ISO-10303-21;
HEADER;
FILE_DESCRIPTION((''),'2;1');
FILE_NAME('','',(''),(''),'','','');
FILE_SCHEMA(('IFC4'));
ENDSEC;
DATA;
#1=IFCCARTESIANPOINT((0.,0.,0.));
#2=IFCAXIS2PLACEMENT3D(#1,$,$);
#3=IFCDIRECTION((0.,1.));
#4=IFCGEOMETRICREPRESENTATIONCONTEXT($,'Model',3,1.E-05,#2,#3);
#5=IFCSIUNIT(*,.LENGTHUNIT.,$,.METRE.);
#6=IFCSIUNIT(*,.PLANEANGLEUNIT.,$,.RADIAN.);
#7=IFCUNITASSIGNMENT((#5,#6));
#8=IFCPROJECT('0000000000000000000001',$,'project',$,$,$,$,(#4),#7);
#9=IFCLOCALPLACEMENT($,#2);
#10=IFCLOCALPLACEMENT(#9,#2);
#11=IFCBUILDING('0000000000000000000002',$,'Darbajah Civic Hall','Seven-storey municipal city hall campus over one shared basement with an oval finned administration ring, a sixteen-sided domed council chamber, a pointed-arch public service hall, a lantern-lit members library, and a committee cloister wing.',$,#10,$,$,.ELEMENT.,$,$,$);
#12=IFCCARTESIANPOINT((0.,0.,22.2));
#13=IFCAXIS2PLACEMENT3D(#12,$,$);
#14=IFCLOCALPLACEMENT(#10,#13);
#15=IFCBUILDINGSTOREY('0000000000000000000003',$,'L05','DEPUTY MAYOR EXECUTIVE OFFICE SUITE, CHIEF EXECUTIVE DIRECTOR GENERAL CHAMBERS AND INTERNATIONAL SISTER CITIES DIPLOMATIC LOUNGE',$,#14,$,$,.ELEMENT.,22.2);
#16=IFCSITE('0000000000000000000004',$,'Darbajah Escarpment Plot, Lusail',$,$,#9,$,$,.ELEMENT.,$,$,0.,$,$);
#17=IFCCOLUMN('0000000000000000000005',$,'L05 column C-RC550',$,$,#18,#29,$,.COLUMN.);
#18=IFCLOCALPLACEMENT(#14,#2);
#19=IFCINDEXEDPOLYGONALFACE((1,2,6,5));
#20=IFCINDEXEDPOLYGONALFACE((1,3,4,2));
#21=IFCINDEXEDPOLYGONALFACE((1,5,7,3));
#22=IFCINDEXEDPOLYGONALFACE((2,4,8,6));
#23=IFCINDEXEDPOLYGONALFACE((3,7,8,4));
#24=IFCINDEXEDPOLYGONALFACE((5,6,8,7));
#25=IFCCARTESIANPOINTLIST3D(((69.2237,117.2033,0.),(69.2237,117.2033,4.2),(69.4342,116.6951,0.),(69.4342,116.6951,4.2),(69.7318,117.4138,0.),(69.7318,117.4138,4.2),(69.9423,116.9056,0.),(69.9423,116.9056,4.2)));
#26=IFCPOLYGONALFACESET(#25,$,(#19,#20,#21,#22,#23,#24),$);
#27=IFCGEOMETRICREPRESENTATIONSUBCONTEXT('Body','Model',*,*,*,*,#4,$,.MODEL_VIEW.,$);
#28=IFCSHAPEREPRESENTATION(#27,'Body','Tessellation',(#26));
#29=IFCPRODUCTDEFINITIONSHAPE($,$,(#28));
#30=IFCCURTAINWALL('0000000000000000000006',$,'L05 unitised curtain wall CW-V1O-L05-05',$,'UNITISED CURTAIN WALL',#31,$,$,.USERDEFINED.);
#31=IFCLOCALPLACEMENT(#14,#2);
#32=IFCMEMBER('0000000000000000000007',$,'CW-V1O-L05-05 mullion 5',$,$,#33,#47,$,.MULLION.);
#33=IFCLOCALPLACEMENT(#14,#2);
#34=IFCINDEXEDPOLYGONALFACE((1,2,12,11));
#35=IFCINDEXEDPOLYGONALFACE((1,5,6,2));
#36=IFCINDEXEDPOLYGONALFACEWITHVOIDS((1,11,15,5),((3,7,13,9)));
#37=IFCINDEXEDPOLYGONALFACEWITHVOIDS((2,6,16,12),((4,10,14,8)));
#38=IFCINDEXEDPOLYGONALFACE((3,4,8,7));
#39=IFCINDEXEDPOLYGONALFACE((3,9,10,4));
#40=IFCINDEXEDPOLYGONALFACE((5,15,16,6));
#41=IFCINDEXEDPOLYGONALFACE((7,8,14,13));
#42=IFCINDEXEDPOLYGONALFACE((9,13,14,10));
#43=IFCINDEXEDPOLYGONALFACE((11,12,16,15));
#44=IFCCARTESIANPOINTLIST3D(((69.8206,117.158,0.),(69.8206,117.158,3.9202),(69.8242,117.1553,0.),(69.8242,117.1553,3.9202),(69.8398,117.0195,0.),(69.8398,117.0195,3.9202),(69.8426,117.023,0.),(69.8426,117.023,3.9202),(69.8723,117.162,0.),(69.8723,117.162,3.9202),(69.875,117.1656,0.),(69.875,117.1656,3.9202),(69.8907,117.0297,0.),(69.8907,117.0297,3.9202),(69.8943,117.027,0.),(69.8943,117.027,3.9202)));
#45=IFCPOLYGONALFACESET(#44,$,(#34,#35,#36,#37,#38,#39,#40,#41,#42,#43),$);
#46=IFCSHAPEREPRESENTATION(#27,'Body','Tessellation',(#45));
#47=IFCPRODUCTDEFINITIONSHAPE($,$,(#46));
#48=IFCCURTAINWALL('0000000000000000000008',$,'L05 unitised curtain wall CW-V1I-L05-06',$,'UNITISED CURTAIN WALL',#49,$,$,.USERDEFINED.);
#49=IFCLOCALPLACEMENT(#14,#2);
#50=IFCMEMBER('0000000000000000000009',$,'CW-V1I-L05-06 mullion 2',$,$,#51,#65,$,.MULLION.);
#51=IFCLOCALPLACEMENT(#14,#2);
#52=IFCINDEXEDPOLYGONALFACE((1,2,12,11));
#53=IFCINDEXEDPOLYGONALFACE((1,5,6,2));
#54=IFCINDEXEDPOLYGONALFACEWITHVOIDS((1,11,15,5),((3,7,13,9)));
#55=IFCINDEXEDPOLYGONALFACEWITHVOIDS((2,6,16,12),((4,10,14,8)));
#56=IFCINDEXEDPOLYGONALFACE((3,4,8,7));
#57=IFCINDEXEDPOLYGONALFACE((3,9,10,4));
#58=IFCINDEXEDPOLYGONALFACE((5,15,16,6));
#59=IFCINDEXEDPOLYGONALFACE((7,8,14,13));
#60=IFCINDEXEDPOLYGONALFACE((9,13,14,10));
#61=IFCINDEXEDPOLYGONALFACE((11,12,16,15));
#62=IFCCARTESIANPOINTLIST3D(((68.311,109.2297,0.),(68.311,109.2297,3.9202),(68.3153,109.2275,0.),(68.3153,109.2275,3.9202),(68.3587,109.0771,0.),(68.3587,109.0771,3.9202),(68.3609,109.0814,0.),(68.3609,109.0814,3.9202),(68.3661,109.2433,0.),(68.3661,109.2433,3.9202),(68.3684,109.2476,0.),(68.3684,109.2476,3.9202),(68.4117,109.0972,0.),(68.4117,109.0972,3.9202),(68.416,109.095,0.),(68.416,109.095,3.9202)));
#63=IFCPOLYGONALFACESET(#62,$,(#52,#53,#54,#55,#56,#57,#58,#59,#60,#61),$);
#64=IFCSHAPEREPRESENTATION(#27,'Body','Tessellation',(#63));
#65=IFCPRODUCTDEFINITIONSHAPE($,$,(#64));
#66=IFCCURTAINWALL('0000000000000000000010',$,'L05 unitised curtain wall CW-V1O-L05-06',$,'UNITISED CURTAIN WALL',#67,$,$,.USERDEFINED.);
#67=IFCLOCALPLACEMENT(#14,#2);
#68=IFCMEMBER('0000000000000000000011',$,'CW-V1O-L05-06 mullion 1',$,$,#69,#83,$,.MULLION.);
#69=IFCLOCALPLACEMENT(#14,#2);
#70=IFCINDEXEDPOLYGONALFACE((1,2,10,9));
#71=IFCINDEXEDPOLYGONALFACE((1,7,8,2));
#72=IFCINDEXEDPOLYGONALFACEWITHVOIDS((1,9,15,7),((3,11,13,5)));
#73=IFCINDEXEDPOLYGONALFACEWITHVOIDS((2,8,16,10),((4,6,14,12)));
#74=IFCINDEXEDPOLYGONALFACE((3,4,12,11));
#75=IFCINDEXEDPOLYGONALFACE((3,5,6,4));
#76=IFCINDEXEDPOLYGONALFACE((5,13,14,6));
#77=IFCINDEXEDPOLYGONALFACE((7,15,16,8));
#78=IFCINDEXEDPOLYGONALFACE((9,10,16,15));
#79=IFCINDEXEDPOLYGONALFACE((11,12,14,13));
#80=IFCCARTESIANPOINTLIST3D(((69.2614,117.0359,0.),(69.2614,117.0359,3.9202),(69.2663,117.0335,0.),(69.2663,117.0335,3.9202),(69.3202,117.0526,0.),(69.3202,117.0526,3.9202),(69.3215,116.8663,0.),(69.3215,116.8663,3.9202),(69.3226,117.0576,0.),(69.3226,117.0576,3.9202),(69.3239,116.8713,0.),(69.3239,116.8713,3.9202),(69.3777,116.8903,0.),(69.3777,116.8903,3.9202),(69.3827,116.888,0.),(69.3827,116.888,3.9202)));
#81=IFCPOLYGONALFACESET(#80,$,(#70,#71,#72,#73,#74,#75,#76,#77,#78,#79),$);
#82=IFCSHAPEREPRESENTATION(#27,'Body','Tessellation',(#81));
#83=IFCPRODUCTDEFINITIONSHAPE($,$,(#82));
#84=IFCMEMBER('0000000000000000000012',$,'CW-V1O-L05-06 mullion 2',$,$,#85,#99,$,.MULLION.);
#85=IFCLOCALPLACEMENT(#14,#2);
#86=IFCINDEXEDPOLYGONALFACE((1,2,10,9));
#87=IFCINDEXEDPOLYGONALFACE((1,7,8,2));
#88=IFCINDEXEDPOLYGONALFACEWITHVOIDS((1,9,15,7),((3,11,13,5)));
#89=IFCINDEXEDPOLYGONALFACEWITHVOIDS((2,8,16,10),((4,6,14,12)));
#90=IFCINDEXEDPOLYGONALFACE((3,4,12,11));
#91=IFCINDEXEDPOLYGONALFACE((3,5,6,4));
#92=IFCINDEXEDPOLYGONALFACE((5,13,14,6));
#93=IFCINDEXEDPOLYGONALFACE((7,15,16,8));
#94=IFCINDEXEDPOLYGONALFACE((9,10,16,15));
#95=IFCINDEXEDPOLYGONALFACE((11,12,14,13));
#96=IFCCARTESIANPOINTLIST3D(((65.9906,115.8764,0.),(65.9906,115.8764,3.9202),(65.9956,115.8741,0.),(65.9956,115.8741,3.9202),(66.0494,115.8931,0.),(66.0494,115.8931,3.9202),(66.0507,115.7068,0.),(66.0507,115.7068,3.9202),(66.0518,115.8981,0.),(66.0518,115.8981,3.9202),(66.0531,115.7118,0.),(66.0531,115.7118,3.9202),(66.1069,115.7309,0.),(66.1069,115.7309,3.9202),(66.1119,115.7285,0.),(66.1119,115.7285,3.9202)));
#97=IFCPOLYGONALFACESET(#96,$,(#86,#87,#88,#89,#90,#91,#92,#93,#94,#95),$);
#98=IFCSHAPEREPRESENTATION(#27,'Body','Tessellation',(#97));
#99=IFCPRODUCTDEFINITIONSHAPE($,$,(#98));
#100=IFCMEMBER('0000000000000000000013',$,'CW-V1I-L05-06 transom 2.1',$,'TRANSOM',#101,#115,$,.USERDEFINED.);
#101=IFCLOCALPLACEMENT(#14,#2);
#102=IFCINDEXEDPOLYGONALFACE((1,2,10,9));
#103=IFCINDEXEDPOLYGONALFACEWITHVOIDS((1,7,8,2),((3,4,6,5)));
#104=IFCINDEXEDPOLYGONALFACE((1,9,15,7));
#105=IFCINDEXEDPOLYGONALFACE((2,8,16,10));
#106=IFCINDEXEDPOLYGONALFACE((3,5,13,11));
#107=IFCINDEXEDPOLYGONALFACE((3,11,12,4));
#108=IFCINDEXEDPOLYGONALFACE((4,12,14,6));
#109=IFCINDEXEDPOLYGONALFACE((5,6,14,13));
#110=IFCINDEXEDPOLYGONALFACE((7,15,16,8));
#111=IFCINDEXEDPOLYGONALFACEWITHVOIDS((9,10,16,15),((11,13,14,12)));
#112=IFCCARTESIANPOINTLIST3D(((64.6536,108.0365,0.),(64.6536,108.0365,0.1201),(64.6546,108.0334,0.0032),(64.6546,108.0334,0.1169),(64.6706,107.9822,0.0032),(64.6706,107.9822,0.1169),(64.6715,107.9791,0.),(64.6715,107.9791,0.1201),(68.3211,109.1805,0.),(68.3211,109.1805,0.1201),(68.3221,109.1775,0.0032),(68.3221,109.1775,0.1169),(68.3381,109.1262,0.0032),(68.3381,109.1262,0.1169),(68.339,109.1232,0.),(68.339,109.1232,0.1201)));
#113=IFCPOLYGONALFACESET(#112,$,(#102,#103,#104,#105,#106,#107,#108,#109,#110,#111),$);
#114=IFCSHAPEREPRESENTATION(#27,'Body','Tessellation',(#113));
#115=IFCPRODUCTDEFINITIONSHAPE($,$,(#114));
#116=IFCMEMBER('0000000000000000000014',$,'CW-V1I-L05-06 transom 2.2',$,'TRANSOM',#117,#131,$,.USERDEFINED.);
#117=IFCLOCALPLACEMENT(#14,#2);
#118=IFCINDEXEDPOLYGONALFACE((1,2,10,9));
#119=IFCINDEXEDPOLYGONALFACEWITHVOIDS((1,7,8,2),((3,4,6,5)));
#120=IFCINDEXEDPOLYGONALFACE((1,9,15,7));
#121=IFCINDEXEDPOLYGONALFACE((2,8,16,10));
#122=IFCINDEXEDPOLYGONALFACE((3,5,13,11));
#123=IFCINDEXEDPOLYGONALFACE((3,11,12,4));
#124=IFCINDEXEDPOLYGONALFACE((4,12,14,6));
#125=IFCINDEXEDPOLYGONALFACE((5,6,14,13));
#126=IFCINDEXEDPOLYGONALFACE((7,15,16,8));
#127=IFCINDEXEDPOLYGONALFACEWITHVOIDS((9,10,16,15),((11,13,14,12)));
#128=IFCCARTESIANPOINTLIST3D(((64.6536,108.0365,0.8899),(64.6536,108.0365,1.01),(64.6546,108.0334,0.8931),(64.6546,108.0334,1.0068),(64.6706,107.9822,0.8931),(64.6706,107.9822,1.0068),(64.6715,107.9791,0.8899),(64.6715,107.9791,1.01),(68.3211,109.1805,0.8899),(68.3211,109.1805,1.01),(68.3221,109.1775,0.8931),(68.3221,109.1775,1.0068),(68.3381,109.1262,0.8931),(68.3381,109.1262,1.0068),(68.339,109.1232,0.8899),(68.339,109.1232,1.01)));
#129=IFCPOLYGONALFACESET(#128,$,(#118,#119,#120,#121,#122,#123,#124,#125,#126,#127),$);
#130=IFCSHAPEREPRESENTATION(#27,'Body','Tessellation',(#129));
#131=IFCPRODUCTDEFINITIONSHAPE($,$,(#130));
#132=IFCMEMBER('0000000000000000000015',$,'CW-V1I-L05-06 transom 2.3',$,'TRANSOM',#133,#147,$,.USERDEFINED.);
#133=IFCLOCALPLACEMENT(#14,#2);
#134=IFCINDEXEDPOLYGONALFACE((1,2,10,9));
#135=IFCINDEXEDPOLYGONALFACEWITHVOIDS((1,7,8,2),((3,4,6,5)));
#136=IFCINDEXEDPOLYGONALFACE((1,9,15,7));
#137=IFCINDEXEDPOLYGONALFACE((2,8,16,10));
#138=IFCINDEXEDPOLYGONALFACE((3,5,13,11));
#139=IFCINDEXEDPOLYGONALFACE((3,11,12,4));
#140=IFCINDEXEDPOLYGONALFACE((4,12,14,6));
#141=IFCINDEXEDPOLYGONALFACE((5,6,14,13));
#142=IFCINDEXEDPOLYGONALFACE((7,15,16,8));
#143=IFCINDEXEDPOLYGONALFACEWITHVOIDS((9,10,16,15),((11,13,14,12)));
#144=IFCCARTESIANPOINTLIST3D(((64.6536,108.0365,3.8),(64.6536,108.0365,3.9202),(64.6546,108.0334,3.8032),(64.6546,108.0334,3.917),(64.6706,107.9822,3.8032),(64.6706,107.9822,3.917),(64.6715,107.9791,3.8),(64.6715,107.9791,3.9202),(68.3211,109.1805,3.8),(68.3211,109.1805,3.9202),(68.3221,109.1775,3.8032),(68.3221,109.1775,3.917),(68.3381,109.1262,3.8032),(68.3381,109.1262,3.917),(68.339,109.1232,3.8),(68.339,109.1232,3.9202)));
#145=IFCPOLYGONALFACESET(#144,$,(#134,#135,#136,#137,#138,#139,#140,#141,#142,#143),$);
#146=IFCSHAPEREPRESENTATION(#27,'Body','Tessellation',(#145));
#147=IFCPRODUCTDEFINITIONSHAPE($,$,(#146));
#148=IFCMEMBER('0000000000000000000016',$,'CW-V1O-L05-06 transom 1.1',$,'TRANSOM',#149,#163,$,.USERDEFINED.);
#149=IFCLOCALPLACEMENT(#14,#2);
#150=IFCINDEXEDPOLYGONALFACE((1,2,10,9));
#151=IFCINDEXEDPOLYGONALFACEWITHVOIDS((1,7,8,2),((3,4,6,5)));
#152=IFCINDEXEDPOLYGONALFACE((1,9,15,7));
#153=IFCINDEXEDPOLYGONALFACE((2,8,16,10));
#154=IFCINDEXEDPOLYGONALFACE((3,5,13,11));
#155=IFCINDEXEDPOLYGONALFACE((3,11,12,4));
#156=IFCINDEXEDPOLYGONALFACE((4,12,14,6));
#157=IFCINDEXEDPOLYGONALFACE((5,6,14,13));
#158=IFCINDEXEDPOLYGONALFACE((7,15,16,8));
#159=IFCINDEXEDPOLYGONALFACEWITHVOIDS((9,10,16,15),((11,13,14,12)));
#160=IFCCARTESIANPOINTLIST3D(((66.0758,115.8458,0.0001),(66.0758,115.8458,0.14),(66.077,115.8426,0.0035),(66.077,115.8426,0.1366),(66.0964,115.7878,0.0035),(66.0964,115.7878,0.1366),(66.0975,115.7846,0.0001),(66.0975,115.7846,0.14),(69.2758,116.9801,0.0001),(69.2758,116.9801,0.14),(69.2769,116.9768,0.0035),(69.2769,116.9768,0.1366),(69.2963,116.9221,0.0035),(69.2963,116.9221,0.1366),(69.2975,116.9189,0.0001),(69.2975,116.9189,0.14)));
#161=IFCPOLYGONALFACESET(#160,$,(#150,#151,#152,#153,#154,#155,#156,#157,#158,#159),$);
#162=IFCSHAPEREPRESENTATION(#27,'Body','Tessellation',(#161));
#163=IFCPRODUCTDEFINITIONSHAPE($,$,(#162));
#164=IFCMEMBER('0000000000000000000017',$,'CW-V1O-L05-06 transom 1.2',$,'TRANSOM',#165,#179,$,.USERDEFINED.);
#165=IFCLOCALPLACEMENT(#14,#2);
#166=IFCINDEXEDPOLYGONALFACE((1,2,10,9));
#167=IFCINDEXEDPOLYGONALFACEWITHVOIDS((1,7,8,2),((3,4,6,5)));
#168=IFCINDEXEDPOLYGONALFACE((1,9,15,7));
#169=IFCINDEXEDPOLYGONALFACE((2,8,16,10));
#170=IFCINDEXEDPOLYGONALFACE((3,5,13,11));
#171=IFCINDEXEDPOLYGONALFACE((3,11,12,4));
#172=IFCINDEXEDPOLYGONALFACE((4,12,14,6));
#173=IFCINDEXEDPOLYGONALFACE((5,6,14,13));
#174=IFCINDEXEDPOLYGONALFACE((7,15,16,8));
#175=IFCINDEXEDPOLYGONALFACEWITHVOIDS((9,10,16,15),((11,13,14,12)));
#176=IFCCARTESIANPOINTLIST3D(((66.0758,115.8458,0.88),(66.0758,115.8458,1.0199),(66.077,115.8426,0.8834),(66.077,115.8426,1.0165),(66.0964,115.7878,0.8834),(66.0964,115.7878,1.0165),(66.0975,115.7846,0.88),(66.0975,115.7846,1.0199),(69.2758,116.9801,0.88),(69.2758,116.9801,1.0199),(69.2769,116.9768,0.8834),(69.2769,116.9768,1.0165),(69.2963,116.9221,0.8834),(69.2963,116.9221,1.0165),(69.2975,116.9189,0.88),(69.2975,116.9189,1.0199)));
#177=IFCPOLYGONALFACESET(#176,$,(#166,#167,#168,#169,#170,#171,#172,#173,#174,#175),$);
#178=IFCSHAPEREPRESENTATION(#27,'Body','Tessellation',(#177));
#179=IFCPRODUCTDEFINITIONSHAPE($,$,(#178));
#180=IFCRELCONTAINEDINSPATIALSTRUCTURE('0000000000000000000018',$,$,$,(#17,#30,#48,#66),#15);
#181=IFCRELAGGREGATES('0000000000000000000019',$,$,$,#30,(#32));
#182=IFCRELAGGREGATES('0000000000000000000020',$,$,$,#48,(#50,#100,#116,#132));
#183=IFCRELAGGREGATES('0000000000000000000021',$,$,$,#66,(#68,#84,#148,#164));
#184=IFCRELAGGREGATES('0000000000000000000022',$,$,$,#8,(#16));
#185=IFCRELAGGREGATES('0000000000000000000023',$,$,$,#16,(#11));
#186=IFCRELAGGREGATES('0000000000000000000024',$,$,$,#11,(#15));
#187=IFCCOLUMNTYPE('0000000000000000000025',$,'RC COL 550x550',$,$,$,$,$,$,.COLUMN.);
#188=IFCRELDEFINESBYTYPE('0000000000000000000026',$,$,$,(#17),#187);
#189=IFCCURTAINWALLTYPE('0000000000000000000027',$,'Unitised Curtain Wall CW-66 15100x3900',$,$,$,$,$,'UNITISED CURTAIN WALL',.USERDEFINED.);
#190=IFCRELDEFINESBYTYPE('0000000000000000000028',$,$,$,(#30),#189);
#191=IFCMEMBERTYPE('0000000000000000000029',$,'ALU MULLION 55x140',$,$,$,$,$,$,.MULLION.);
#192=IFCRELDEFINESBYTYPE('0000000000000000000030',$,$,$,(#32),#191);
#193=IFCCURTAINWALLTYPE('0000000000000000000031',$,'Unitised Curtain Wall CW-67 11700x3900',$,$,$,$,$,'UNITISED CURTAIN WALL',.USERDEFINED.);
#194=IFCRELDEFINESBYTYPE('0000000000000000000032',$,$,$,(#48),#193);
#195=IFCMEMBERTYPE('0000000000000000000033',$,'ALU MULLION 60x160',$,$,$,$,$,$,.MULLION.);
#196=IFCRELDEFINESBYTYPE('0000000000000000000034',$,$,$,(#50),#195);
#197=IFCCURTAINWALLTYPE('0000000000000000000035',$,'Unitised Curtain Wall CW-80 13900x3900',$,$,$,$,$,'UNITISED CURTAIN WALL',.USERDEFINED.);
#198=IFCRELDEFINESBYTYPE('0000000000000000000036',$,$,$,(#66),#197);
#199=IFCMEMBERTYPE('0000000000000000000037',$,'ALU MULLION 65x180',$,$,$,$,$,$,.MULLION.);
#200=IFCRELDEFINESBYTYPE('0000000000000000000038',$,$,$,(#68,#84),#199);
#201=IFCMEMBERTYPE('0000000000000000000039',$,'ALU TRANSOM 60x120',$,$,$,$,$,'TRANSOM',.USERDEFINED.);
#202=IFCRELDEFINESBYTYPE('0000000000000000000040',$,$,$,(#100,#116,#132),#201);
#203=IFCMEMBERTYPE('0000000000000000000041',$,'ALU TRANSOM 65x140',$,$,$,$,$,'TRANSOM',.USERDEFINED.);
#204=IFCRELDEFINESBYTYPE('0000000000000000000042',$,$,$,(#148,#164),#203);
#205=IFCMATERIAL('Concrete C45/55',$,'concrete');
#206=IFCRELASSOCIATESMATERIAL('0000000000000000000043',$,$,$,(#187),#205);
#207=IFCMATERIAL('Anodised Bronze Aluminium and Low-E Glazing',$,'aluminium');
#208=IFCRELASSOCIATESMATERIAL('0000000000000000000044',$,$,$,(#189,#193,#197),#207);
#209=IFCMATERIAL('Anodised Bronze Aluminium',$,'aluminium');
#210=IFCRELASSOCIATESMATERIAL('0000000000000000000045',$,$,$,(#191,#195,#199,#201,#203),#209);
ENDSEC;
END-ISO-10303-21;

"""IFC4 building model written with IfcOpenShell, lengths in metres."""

from ifc_helpers import new_model, si_unit, direction, frame, origin, origin_2d, place, context, subcontext, project, spatial, rectangle, hollow_rectangle, extrude, material, material_profile, profile_set, type_object, element, aggregate, save


model = new_model("IFC4")

# Units and contexts
model_context = context("Model", 3, precision=1e-05, world=origin(), true_north=direction((0.0, 1.0)))
body_context = subcontext(model_context, "Body", "Model", "MODEL_VIEW")
ifc_project = project(units=[si_unit("LENGTHUNIT", "METRE"), si_unit("PLANEANGLEUNIT", "RADIAN")], contexts=[model_context])

# Site, building, storey
site_placement = place(None, origin())
site = spatial("IfcSite", under=ifc_project, at=site_placement, Name="Darbajah Escarpment Plot, Lusail", CompositionType="ELEMENT", RefElevation=0.0)
building_placement = place(site_placement, origin())
building = spatial("IfcBuilding", under=site, at=building_placement, Name="Darbajah Civic Hall", Description="Seven-storey municipal city hall campus over one shared basement with an oval finned administration ring, a sixteen-sided domed council chamber, a pointed-arch public service hall, a lantern-lit members library, and a committee cloister wing.", CompositionType="ELEMENT")
storey_placement = place(building_placement, frame((0.0, 0.0, 22.2)))
storey = spatial("IfcBuildingStorey", under=building, at=storey_placement, Name="L05", Description="DEPUTY MAYOR EXECUTIVE OFFICE SUITE, CHIEF EXECUTIVE DIRECTOR GENERAL CHAMBERS AND INTERNATIONAL SISTER CITIES DIPLOMATIC LOUNGE", CompositionType="ELEMENT", Elevation=22.2)

# Column
ifc_material_1 = material(Name="Concrete C45/55", Category="concrete")
ifc_material_profile_1 = material_profile(ifc_material_1, rectangle(XDim=0.55, YDim=0.55, at=origin_2d()), Name="RC COL 550x550")
ifc_profile_set_1 = profile_set([ifc_material_profile_1], Name="Concrete C45/55")
column_type = type_object("IfcColumnType", Name="RC COL 550x550", PredefinedType="COLUMN", material=ifc_profile_set_1)
column_placement = place(storey_placement, frame((69.583, 117.0544, 0.0), z_axis=(0.0, 0.0, 1.0), x_axis=(-0.382683, 0.92388, 0.0)))
element("IfcColumn", 1, at=column_placement, inside=storey, type_object=column_type, Name="L05 column C-RC550", PredefinedType="COLUMN", context=body_context, shape_type="SweptSolid", body=[
    extrude(rectangle(XDim=0.55, YDim=0.55, at=origin_2d()), origin(), (0.0, 0.0, 1.0), 4.2),
])

# Curtain walls, members
ifc_material_2 = material(Name="Anodised Bronze Aluminium and Low-E Glazing", Category="aluminium")
curtain_wall_type_1 = type_object("IfcCurtainWallType", Name="Unitised Curtain Wall CW-66 15100x3900", ElementType="UNITISED CURTAIN WALL", PredefinedType="USERDEFINED", material=ifc_material_2)
curtain_wall_1_placement = place(storey_placement, origin())
curtain_wall_1 = element("IfcCurtainWall", 2, at=curtain_wall_1_placement, inside=storey, type_object=curtain_wall_type_1, Name="L05 unitised curtain wall CW-V1O-L05-05", ObjectType="UNITISED CURTAIN WALL", PredefinedType="USERDEFINED")
ifc_material_3 = material(Name="Anodised Bronze Aluminium", Category="aluminium")
ifc_material_profile_2 = material_profile(ifc_material_3, hollow_rectangle(XDim=0.0549, YDim=0.1399, WallThickness=0.0032, at=origin_2d()), Name="ALU MULLION 55x140")
ifc_profile_set_2 = profile_set([ifc_material_profile_2], Name="Anodised Bronze Aluminium")
member_type_1 = type_object("IfcMemberType", Name="ALU MULLION 55x140", PredefinedType="MULLION", material=ifc_profile_set_2)
member_1_placement = place(storey_placement, frame((69.8574, 117.0925, 0.0), z_axis=(0.0, 0.0, 1.0), x_axis=(-0.990485, -0.137617, 0.0)))
member_1 = element("IfcMember", 3, at=member_1_placement, type_object=member_type_1, Name="CW-V1O-L05-05 mullion 5", PredefinedType="MULLION", context=body_context, shape_type="SweptSolid", body=[
    extrude(hollow_rectangle(XDim=0.0549, YDim=0.1399, WallThickness=0.0032, at=origin_2d()), origin(), (0.0, 0.0, 1.0), 3.9202),
])
curtain_wall_type_2 = type_object("IfcCurtainWallType", Name="Unitised Curtain Wall CW-67 11700x3900", ElementType="UNITISED CURTAIN WALL", PredefinedType="USERDEFINED", material=ifc_material_2)
curtain_wall_2_placement = place(storey_placement, origin())
curtain_wall_2 = element("IfcCurtainWall", 4, at=curtain_wall_2_placement, inside=storey, type_object=curtain_wall_type_2, Name="L05 unitised curtain wall CW-V1I-L05-06", ObjectType="UNITISED CURTAIN WALL", PredefinedType="USERDEFINED")
ifc_material_profile_3 = material_profile(ifc_material_3, hollow_rectangle(XDim=0.0601, YDim=0.1599, WallThickness=0.0034, at=origin_2d()), Name="ALU MULLION 60x160")
ifc_profile_set_3 = profile_set([ifc_material_profile_3], Name="Anodised Bronze Aluminium")
member_type_2 = type_object("IfcMemberType", Name="ALU MULLION 60x160", PredefinedType="MULLION", material=ifc_profile_set_3)
member_2_placement = place(storey_placement, frame((68.3635, 109.1624, 0.0), z_axis=(0.0, 0.0, 1.0), x_axis=(-0.954605, -0.297875, 0.0)))
member_2 = element("IfcMember", 5, at=member_2_placement, type_object=member_type_2, Name="CW-V1I-L05-06 mullion 2", PredefinedType="MULLION", context=body_context, shape_type="SweptSolid", body=[
    extrude(hollow_rectangle(XDim=0.0601, YDim=0.1599, WallThickness=0.0034, at=origin_2d()), origin(), (0.0, 0.0, 1.0), 3.9202),
])

# Curtain wall, members
curtain_wall_type_3 = type_object("IfcCurtainWallType", Name="Unitised Curtain Wall CW-80 13900x3900", ElementType="UNITISED CURTAIN WALL", PredefinedType="USERDEFINED", material=ifc_material_2)
curtain_wall_3_placement = place(storey_placement, origin())
curtain_wall_3 = element("IfcCurtainWall", 6, at=curtain_wall_3_placement, inside=storey, type_object=curtain_wall_type_3, Name="L05 unitised curtain wall CW-V1O-L05-06", ObjectType="UNITISED CURTAIN WALL", PredefinedType="USERDEFINED")
ifc_material_profile_4 = material_profile(ifc_material_3, hollow_rectangle(XDim=0.0649, YDim=0.1799, WallThickness=0.0039, at=origin_2d()), Name="ALU MULLION 65x180")
ifc_profile_set_4 = profile_set([ifc_material_profile_4], Name="Anodised Bronze Aluminium")
member_type_3 = type_object("IfcMemberType", Name="ALU MULLION 65x180", PredefinedType="MULLION", material=ifc_profile_set_4)
member_3_placement = place(storey_placement, frame((69.322, 116.9619, 0.0), z_axis=(0.0, 0.0, 1.0), x_axis=(-0.942525, -0.334136, 0.0)))
member_3 = element("IfcMember", 7, at=member_3_placement, type_object=member_type_3, Name="CW-V1O-L05-06 mullion 1", PredefinedType="MULLION", context=body_context, shape_type="SweptSolid", body=[
    extrude(hollow_rectangle(XDim=0.0649, YDim=0.1799, WallThickness=0.0039, at=origin_2d()), origin(), (0.0, 0.0, 1.0), 3.9202),
])
member_4_placement = place(storey_placement, frame((66.0513, 115.8025, 0.0), z_axis=(0.0, 0.0, 1.0), x_axis=(-0.942525, -0.334136, 0.0)))
member_4 = element("IfcMember", 8, at=member_4_placement, type_object=member_type_3, Name="CW-V1O-L05-06 mullion 2", PredefinedType="MULLION", context=body_context, shape_type="SweptSolid", body=[
    extrude(hollow_rectangle(XDim=0.0649, YDim=0.1799, WallThickness=0.0039, at=origin_2d()), origin(), (0.0, 0.0, 1.0), 3.9202),
])

# Members
ifc_material_profile_5 = material_profile(ifc_material_3, hollow_rectangle(XDim=0.0601, YDim=0.1201, WallThickness=0.0032, at=origin_2d()), Name="ALU TRANSOM 60x120")
ifc_profile_set_5 = profile_set([ifc_material_profile_5], Name="Anodised Bronze Aluminium")
member_type_4 = type_object("IfcMemberType", Name="ALU TRANSOM 60x120", ElementType="TRANSOM", PredefinedType="USERDEFINED", material=ifc_profile_set_5)
member_5_placement = place(storey_placement, frame((68.3301, 109.1519, 0.0601), z_axis=(-0.954631, -0.29779, 0.0), x_axis=(0.29779, -0.954631, 0.0)))
member_5 = element("IfcMember", 9, at=member_5_placement, type_object=member_type_4, Name="CW-V1I-L05-06 transom 2.1", ObjectType="TRANSOM", PredefinedType="USERDEFINED", context=body_context, shape_type="SweptSolid", body=[
    extrude(hollow_rectangle(XDim=0.0601, YDim=0.1201, WallThickness=0.0032, at=origin_2d()), origin(), (0.0, 0.0, 1.0), 3.8418),
])
member_6_placement = place(storey_placement, frame((68.3301, 109.1519, 0.95), z_axis=(-0.954631, -0.29779, 0.0), x_axis=(0.29779, -0.954631, 0.0)))
member_6 = element("IfcMember", 10, at=member_6_placement, type_object=member_type_4, Name="CW-V1I-L05-06 transom 2.2", ObjectType="TRANSOM", PredefinedType="USERDEFINED", context=body_context, shape_type="SweptSolid", body=[
    extrude(hollow_rectangle(XDim=0.0601, YDim=0.1201, WallThickness=0.0032, at=origin_2d()), origin(), (0.0, 0.0, 1.0), 3.8418),
])
member_7_placement = place(storey_placement, frame((68.3301, 109.1519, 3.8601), z_axis=(-0.954631, -0.29779, 0.0), x_axis=(0.29779, -0.954631, 0.0)))
member_7 = element("IfcMember", 11, at=member_7_placement, type_object=member_type_4, Name="CW-V1I-L05-06 transom 2.3", ObjectType="TRANSOM", PredefinedType="USERDEFINED", context=body_context, shape_type="SweptSolid", body=[
    extrude(hollow_rectangle(XDim=0.0601, YDim=0.1201, WallThickness=0.0032, at=origin_2d()), origin(), (0.0, 0.0, 1.0), 3.8418),
])
ifc_material_profile_6 = material_profile(ifc_material_3, hollow_rectangle(XDim=0.0649, YDim=0.1399, WallThickness=0.0034, at=origin_2d()), Name="ALU TRANSOM 65x140")
ifc_profile_set_6 = profile_set([ifc_material_profile_6], Name="Anodised Bronze Aluminium")
member_type_5 = type_object("IfcMemberType", Name="ALU TRANSOM 65x140", ElementType="TRANSOM", PredefinedType="USERDEFINED", material=ifc_profile_set_6)
member_8_placement = place(storey_placement, frame((69.2866, 116.9495, 0.0701), z_axis=(-0.942538, -0.334099, 0.0), x_axis=(0.334099, -0.942538, 0.0)))
member_8 = element("IfcMember", 12, at=member_8_placement, type_object=member_type_5, Name="CW-V1O-L05-06 transom 1.1", ObjectType="TRANSOM", PredefinedType="USERDEFINED", context=body_context, shape_type="SweptSolid", body=[
    extrude(hollow_rectangle(XDim=0.0649, YDim=0.1399, WallThickness=0.0034, at=origin_2d()), origin(), (0.0, 0.0, 1.0), 3.395),
])
member_9_placement = place(storey_placement, frame((69.2866, 116.9495, 0.95), z_axis=(-0.942538, -0.334099, 0.0), x_axis=(0.334099, -0.942538, 0.0)))
member_9 = element("IfcMember", 13, at=member_9_placement, type_object=member_type_5, Name="CW-V1O-L05-06 transom 1.2", ObjectType="TRANSOM", PredefinedType="USERDEFINED", context=body_context, shape_type="SweptSolid", body=[
    extrude(hollow_rectangle(XDim=0.0649, YDim=0.1399, WallThickness=0.0034, at=origin_2d()), origin(), (0.0, 0.0, 1.0), 3.395),
])

aggregate(curtain_wall_1, [member_1])
aggregate(curtain_wall_2, [member_2, member_5, member_6, member_7])
aggregate(curtain_wall_3, [member_3, member_4, member_8, member_9])

save(model, "model.ifc")
